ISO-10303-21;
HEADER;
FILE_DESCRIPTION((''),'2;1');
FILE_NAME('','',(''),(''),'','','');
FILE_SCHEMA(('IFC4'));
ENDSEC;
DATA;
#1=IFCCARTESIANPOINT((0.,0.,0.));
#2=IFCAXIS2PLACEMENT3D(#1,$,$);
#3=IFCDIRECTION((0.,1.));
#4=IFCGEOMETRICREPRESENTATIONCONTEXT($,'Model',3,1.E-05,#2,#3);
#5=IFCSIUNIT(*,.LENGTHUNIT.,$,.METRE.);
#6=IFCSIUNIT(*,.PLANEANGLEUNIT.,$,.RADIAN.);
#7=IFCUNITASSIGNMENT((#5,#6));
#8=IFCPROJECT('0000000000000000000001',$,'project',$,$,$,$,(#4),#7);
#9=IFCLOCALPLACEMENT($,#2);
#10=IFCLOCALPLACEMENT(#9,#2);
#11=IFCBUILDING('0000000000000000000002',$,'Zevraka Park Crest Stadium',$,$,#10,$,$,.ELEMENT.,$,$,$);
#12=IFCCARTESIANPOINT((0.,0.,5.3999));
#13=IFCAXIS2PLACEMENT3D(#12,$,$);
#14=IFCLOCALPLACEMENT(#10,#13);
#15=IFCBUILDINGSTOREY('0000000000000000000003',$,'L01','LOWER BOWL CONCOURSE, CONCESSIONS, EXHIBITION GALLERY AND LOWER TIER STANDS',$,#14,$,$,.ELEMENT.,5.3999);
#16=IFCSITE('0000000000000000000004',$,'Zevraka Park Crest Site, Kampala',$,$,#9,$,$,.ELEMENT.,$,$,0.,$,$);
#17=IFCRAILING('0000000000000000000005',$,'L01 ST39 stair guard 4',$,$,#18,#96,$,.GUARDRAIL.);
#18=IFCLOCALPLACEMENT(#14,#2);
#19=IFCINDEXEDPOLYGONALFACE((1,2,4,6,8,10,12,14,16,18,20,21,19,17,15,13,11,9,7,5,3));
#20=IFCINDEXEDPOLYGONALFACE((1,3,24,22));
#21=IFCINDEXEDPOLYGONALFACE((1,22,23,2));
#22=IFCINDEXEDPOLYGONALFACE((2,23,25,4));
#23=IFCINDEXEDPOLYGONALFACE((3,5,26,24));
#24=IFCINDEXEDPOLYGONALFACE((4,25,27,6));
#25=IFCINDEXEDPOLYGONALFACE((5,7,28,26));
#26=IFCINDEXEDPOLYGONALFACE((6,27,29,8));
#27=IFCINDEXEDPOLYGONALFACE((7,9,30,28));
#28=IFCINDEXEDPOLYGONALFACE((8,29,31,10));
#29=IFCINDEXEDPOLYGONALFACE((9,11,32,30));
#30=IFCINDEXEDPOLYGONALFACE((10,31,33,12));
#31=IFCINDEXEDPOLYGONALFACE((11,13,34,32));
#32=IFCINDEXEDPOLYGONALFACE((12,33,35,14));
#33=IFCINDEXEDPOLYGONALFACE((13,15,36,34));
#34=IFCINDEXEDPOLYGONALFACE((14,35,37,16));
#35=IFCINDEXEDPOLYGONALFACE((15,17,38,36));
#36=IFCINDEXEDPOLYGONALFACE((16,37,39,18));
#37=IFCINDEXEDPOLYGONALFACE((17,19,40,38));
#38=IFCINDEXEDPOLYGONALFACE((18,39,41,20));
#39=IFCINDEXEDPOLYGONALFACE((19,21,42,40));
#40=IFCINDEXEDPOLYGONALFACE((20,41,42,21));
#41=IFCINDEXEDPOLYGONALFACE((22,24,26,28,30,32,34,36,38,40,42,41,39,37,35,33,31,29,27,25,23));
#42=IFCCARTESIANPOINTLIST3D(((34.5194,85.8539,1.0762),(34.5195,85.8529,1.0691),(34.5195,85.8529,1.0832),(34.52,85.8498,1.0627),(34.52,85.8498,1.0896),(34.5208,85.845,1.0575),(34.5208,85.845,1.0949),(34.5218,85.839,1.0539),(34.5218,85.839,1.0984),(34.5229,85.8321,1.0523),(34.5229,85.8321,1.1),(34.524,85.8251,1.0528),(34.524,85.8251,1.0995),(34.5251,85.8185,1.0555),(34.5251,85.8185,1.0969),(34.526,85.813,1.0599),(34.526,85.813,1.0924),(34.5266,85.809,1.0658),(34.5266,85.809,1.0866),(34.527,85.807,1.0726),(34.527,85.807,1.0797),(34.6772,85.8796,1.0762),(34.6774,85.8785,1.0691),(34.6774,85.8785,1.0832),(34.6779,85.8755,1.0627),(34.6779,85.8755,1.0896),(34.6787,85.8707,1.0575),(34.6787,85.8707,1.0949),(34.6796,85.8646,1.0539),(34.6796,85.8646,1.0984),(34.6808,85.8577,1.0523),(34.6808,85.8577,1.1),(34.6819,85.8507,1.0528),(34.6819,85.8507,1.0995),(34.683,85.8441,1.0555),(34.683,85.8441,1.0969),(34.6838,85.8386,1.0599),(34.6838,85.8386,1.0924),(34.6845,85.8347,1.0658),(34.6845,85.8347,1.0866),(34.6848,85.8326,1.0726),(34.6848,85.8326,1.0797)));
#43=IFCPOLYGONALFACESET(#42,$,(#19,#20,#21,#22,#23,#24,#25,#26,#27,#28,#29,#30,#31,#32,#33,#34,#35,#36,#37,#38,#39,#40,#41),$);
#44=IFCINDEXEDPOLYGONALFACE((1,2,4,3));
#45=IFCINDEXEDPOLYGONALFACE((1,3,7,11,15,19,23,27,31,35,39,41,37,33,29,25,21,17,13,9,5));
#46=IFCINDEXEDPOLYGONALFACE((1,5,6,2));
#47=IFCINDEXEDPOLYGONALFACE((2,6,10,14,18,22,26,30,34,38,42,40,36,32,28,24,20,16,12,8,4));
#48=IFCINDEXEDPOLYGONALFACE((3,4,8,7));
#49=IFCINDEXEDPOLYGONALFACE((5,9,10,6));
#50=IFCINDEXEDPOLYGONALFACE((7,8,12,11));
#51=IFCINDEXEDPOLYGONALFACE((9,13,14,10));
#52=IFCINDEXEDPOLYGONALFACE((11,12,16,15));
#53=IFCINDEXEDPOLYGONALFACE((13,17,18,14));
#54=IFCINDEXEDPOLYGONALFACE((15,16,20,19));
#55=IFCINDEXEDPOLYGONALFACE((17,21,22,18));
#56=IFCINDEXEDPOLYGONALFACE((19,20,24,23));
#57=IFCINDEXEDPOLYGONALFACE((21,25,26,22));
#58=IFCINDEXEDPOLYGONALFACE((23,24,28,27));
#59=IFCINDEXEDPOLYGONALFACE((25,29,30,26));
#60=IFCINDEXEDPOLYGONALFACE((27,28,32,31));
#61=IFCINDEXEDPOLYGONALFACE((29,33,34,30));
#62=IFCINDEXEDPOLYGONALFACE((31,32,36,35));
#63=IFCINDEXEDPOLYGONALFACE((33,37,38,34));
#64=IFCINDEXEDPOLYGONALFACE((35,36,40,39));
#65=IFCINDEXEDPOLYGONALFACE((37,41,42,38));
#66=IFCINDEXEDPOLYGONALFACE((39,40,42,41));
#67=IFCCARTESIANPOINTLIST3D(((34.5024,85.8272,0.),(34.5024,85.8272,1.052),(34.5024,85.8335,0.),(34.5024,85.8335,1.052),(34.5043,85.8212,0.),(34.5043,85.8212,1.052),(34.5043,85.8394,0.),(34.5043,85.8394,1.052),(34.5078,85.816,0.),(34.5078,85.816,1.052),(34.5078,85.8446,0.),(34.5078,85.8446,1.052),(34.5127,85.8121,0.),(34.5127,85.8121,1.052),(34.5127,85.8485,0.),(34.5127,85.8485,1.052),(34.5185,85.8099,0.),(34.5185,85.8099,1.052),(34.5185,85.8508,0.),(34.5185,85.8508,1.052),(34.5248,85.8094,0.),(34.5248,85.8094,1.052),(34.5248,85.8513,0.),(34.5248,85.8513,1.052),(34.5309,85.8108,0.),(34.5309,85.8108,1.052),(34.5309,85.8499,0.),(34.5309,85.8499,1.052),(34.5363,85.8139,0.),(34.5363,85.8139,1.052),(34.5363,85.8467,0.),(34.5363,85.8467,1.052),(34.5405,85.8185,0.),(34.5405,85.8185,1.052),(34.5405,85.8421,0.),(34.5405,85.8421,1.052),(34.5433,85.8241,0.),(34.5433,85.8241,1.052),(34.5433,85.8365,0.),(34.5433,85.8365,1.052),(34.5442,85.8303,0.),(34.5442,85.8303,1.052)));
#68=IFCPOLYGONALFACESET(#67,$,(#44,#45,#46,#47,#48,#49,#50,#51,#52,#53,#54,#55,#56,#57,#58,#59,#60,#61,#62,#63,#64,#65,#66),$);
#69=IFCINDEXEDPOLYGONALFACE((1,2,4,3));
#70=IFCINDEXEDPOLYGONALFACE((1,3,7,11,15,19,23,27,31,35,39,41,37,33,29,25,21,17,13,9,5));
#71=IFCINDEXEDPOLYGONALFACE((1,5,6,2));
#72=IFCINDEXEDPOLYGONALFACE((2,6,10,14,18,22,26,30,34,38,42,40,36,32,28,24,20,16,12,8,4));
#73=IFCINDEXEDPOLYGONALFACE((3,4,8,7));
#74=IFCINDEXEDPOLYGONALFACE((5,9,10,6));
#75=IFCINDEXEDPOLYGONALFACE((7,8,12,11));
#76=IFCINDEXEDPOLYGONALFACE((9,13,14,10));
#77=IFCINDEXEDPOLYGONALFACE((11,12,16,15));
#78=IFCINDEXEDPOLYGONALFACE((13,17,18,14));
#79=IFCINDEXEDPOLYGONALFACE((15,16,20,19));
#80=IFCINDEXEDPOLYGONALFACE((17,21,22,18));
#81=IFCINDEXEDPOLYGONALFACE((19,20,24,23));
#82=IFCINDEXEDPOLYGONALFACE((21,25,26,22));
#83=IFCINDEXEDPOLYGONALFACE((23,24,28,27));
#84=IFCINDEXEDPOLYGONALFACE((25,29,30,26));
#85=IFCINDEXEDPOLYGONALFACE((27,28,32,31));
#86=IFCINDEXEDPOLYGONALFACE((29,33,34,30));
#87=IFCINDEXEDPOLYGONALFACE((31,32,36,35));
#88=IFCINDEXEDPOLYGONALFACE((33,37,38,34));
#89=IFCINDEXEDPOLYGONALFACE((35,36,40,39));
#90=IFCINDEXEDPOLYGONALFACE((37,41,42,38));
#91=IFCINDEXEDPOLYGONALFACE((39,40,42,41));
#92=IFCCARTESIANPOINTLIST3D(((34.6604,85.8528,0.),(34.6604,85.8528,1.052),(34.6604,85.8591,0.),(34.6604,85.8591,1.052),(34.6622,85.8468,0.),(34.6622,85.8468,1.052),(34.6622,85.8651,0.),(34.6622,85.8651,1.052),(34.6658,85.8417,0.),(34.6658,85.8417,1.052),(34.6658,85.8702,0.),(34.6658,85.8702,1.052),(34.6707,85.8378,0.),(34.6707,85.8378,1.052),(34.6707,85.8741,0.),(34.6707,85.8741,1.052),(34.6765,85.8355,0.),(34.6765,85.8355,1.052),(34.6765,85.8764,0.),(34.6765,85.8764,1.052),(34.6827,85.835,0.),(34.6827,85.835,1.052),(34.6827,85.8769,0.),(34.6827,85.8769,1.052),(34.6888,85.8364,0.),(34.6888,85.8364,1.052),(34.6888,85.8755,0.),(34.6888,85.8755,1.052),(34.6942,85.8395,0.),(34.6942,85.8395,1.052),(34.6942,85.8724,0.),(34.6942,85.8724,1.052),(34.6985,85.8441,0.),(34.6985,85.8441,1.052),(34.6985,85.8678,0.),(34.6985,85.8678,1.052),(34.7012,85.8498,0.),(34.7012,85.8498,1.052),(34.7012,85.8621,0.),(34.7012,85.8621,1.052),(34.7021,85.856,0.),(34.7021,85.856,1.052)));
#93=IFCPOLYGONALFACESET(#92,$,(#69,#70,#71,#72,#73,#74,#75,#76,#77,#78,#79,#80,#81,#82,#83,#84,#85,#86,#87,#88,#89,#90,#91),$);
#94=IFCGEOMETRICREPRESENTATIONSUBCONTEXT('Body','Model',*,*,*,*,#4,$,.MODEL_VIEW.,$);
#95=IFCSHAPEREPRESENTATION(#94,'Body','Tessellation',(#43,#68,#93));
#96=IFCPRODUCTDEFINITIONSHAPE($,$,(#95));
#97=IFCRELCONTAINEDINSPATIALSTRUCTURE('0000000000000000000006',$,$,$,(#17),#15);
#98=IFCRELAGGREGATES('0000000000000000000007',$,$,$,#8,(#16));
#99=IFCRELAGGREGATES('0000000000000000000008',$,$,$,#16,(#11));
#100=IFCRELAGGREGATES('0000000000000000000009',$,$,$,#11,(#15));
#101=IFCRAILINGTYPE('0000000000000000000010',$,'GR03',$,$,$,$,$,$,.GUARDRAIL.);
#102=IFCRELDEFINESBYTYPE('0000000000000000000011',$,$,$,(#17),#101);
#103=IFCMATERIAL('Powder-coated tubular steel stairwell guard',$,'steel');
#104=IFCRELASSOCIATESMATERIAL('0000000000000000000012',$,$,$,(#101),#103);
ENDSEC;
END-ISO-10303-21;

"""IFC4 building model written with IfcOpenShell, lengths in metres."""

from ifc_helpers import new_model, si_unit, direction, frame, origin, origin_2d, place, context, subcontext, project, spatial, circle, extrude, material, type_object, element, save


model = new_model("IFC4")

# Units and contexts
model_context = context("Model", 3, precision=1e-05, world=origin(), true_north=direction((0.0, 1.0)))
body_context = subcontext(model_context, "Body", "Model", "MODEL_VIEW")
ifc_project = project(units=[si_unit("LENGTHUNIT", "METRE"), si_unit("PLANEANGLEUNIT", "RADIAN")], contexts=[model_context])

# Site, building, storey
site_placement = place(None, origin())
site = spatial("IfcSite", under=ifc_project, at=site_placement, Name="Zevraka Park Crest Site, Kampala", CompositionType="ELEMENT", RefElevation=0.0)
building_placement = place(site_placement, origin())
building = spatial("IfcBuilding", under=site, at=building_placement, Name="Zevraka Park Crest Stadium", CompositionType="ELEMENT")
storey_placement = place(building_placement, frame((0.0, 0.0, 5.3999)))
storey = spatial("IfcBuildingStorey", under=building, at=storey_placement, Name="L01", Description="LOWER BOWL CONCOURSE, CONCESSIONS, EXHIBITION GALLERY AND LOWER TIER STANDS", CompositionType="ELEMENT", Elevation=5.3999)

# Railing
ifc_material_1 = material(Name="Powder-coated tubular steel stairwell guard", Category="steel")
railing_type_1 = type_object("IfcRailingType", Name="GR03", PredefinedType="GUARDRAIL", material=ifc_material_1)
railing_1_placement = place(storey_placement, frame((34.5232, 85.8303, 0.0)))
element("IfcRailing", 1, at=railing_1_placement, inside=storey, type_object=railing_type_1, Name="L01 ST39 stair guard 4", PredefinedType="GUARDRAIL", context=body_context, shape_type="SweptSolid", body=[
    extrude(circle(Radius=0.0239, at=origin_2d()), frame((0.0, 0.0, 1.0762), z_axis=(0.987086, 0.160192, 0.0), x_axis=(-0.160192, 0.987086, 0.0)), (0.0, 0.0, 1.0), 0.1599),
    extrude(circle(Radius=0.021, at=origin_2d()), origin(), (0.0, 0.0, 1.0), 1.052),
    extrude(circle(Radius=0.021, at=origin_2d()), frame((0.158, 0.0256, 0.0)), (0.0, 0.0, 1.0), 1.052),
])

save(model, "model.ifc")
